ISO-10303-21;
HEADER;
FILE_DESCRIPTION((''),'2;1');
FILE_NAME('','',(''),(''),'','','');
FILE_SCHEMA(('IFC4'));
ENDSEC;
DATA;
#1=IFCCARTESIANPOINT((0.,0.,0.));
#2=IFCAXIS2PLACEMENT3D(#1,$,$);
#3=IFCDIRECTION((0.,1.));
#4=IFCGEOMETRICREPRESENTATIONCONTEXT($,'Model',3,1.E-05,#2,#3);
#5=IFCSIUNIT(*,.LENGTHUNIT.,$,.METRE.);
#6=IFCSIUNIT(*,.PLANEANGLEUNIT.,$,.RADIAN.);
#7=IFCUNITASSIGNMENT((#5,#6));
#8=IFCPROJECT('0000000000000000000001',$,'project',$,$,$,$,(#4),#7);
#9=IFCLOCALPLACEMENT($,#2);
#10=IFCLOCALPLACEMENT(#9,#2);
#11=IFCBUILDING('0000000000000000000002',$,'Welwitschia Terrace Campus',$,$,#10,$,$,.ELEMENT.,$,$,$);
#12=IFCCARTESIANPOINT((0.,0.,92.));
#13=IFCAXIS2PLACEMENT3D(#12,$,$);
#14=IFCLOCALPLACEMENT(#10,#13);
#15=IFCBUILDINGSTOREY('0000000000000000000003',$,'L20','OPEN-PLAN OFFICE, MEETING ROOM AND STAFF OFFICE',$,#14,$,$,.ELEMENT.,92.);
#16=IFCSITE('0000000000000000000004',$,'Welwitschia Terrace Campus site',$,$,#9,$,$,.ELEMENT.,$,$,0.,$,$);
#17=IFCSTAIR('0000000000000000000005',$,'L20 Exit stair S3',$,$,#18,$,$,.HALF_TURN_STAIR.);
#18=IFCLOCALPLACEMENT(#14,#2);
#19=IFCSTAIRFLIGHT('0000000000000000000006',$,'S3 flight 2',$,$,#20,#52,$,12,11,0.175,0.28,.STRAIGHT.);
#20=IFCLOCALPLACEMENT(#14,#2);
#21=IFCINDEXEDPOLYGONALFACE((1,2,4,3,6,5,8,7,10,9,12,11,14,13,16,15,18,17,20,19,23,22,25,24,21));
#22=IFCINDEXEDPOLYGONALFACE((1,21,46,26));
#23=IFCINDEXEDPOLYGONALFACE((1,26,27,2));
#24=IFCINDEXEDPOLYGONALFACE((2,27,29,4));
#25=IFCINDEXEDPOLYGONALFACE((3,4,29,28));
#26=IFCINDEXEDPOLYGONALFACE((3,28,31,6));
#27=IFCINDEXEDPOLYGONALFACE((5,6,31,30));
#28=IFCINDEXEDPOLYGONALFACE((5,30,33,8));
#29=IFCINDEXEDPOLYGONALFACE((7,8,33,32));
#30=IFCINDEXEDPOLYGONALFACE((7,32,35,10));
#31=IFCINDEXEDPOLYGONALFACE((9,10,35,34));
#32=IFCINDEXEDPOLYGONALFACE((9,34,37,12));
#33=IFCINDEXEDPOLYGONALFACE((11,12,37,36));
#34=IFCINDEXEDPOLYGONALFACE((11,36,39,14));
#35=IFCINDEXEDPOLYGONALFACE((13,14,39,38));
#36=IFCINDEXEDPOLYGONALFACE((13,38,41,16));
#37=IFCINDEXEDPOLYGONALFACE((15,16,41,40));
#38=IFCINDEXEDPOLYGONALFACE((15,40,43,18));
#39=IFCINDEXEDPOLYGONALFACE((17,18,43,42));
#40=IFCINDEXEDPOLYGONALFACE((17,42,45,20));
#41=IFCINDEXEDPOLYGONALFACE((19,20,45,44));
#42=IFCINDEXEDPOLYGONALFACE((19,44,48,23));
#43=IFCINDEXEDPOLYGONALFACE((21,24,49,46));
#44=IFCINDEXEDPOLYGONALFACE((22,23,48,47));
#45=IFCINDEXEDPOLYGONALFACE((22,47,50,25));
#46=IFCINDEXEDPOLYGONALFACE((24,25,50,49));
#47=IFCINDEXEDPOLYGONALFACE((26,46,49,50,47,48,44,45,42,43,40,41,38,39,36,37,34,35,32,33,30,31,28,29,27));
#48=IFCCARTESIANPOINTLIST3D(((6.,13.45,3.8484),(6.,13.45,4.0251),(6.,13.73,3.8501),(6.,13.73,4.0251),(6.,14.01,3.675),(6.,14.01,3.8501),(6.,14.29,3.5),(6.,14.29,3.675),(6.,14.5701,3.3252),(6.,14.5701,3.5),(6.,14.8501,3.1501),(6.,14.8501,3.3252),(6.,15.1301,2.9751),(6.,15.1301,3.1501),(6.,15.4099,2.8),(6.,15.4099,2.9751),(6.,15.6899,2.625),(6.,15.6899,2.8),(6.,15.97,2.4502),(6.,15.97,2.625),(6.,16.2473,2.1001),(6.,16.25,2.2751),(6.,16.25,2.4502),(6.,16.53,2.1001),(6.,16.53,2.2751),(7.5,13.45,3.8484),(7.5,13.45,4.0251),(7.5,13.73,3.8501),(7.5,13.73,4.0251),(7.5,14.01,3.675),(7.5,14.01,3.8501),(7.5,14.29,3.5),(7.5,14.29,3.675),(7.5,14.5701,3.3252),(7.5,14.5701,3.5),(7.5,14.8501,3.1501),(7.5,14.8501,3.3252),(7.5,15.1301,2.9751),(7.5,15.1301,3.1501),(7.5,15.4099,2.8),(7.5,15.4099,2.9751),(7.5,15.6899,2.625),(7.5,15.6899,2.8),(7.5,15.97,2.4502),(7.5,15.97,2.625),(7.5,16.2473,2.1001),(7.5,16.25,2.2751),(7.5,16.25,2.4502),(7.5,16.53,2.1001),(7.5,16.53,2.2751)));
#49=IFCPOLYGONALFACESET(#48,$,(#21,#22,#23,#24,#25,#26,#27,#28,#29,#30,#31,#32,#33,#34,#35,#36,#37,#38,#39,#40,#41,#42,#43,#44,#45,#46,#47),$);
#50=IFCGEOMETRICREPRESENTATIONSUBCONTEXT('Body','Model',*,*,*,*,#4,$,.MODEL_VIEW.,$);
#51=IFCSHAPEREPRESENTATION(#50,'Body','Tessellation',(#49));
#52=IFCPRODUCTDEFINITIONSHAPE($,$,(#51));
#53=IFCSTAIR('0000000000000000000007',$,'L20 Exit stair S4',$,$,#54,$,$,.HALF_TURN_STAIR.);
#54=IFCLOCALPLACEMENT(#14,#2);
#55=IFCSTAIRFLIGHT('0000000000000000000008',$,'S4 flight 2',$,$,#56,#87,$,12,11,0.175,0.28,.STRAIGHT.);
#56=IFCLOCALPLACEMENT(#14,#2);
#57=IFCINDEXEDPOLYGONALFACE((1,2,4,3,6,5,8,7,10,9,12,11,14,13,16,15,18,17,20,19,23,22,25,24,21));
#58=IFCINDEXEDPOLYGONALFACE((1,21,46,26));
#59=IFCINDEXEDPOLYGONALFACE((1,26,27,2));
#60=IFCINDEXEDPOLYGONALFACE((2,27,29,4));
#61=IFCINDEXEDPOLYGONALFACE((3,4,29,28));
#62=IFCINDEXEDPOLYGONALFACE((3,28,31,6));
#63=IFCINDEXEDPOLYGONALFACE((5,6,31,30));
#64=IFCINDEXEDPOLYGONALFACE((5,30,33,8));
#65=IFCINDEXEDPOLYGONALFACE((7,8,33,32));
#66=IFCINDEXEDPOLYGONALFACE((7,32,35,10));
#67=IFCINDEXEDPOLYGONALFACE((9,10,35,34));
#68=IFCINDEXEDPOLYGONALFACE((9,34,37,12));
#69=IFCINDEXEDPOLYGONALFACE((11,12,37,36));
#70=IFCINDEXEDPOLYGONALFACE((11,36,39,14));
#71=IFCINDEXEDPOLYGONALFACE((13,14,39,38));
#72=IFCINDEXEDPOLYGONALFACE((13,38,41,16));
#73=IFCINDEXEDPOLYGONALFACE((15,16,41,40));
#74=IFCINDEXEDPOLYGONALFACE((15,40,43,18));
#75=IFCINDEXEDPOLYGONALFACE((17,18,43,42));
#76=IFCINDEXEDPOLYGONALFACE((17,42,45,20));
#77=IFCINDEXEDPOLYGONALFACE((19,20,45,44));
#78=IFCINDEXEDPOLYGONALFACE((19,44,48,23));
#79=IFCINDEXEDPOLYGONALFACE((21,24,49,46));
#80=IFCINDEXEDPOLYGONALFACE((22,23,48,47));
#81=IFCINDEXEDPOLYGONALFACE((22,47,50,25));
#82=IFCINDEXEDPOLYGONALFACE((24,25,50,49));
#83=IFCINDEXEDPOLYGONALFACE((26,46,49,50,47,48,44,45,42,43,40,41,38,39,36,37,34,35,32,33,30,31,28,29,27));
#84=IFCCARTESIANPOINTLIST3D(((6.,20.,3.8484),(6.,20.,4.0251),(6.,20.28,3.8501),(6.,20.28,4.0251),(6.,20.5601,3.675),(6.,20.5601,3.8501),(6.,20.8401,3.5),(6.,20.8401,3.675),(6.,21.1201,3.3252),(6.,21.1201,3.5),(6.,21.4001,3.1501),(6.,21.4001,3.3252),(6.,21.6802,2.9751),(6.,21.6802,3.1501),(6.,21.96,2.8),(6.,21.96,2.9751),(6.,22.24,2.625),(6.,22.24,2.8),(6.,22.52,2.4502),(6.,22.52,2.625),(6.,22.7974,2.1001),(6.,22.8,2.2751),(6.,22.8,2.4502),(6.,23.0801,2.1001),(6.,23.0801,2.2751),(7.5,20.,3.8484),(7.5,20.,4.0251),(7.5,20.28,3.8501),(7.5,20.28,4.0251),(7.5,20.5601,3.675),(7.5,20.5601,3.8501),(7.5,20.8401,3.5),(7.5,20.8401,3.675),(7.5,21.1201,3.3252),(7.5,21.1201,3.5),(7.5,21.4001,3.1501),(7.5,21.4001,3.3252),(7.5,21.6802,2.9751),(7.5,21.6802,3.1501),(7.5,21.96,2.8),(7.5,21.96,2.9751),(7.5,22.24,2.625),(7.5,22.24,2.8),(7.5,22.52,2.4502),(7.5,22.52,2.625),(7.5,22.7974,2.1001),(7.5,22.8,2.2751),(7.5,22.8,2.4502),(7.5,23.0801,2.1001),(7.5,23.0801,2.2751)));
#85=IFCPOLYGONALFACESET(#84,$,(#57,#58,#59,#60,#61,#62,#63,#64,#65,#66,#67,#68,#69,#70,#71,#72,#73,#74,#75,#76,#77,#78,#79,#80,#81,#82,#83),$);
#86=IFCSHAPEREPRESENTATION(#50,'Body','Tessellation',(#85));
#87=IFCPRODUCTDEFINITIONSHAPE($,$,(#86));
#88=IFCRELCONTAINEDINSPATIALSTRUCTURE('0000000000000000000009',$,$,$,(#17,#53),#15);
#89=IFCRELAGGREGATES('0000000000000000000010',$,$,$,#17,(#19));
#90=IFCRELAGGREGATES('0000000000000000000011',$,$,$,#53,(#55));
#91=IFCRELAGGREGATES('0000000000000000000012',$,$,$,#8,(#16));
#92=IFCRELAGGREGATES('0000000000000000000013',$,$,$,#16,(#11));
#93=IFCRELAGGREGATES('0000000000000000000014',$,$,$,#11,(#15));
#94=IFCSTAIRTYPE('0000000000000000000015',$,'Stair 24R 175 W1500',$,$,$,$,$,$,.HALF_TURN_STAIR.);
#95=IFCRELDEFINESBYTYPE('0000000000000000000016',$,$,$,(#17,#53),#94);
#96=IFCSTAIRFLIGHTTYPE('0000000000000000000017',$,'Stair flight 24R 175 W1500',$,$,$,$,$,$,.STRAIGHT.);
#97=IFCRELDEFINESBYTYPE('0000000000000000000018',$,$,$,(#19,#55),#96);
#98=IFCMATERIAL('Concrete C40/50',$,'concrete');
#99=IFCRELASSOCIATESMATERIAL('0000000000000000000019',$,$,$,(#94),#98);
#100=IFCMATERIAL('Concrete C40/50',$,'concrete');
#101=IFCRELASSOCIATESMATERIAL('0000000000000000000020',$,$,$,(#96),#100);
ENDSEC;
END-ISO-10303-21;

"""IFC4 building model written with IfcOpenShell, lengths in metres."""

from ifc_helpers import new_model, si_unit, direction, frame, origin, place, context, subcontext, project, spatial, polyline, outline, extrude, material, type_object, element, aggregate, save


model = new_model("IFC4")

# Units and contexts
model_context = context("Model", 3, precision=1e-05, world=origin(), true_north=direction((0.0, 1.0)))
body_context = subcontext(model_context, "Body", "Model", "MODEL_VIEW")
ifc_project = project(units=[si_unit("LENGTHUNIT", "METRE"), si_unit("PLANEANGLEUNIT", "RADIAN")], contexts=[model_context])

# Site, building, storey
site_placement = place(None, origin())
site = spatial("IfcSite", under=ifc_project, at=site_placement, Name="Welwitschia Terrace Campus site", CompositionType="ELEMENT", RefElevation=0.0)
building_placement = place(site_placement, origin())
building = spatial("IfcBuilding", under=site, at=building_placement, Name="Welwitschia Terrace Campus", CompositionType="ELEMENT")
storey_placement = place(building_placement, frame((0.0, 0.0, 92.0)))
storey = spatial("IfcBuildingStorey", under=building, at=storey_placement, Name="L20", Description="OPEN-PLAN OFFICE, MEETING ROOM AND STAFF OFFICE", CompositionType="ELEMENT", Elevation=92.0)

# Stairs, stair flights
ifc_material_1 = material(Name="Concrete C40/50", Category="concrete")
stair_type = type_object("IfcStairType", Name="Stair 24R 175 W1500", PredefinedType="HALF_TURN_STAIR", material=ifc_material_1)
stair_1_placement = place(storey_placement, origin())
stair_1 = element("IfcStair", 1, at=stair_1_placement, inside=storey, type_object=stair_type, Name="L20 Exit stair S3", PredefinedType="HALF_TURN_STAIR")
ifc_material_2 = material(Name="Concrete C40/50", Category="concrete")
stair_flight_type = type_object("IfcStairFlightType", Name="Stair flight 24R 175 W1500", PredefinedType="STRAIGHT", material=ifc_material_2)
stair_flight_1_placement = place(storey_placement, frame((6.75, 16.53, 2.1001), z_axis=(0.0, 0.0, 1.0), x_axis=(0.0, -1.0, 0.0)))
stair_flight_1 = element("IfcStairFlight", 2, at=stair_flight_1_placement, type_object=stair_flight_type, Name="S3 flight 2", NumberOfRisers=12, NumberOfTreads=11, PredefinedType="STRAIGHT", RiserHeight=0.175, TreadLength=0.28, context=body_context, shape_type="SweptSolid", body=[
    extrude(outline(polyline([(0.0, 0.0), (0.0, 0.175), (0.28, 0.175), (0.28, 0.3501), (0.5601, 0.3501), (0.5601, 0.5249), (0.8401, 0.5249), (0.8401, 0.7), (1.1201, 0.7), (1.1201, 0.875), (1.3999, 0.875), (1.3999, 1.05), (1.6799, 1.05), (1.6799, 1.2251), (1.96, 1.2251), (1.96, 1.3999), (2.24, 1.3999), (2.24, 1.575), (2.52, 1.575), (2.52, 1.75), (2.8, 1.75), (2.8, 1.925), (3.0801, 1.925), (3.0801, 2.1001), (3.0801, 1.7483), (0.2827, 0.0), (0.0, 0.0)])), frame((0.0, 0.75, 0.0), z_axis=(0.0, -1.0, 0.0), x_axis=(1.0, 0.0, 0.0)), (0.0, 0.0, 1.0), 1.5),
])
aggregate(stair_1, [stair_flight_1])
stair_2_placement = place(storey_placement, origin())
stair_2 = element("IfcStair", 3, at=stair_2_placement, inside=storey, type_object=stair_type, Name="L20 Exit stair S4", PredefinedType="HALF_TURN_STAIR")
stair_flight_2_placement = place(storey_placement, frame((6.75, 23.0801, 2.1001), z_axis=(0.0, 0.0, 1.0), x_axis=(0.0, -1.0, 0.0)))
stair_flight_2 = element("IfcStairFlight", 4, at=stair_flight_2_placement, type_object=stair_flight_type, Name="S4 flight 2", NumberOfRisers=12, NumberOfTreads=11, PredefinedType="STRAIGHT", RiserHeight=0.175, TreadLength=0.28, context=body_context, shape_type="SweptSolid", body=[
    extrude(outline(polyline([(0.0, 0.0), (0.0, 0.175), (0.28, 0.175), (0.28, 0.3501), (0.5601, 0.3501), (0.5601, 0.5249), (0.8401, 0.5249), (0.8401, 0.7), (1.1201, 0.7), (1.1201, 0.875), (1.3999, 0.875), (1.3999, 1.05), (1.6799, 1.05), (1.6799, 1.2251), (1.96, 1.2251), (1.96, 1.3999), (2.24, 1.3999), (2.24, 1.575), (2.52, 1.575), (2.52, 1.75), (2.8, 1.75), (2.8, 1.925), (3.0801, 1.925), (3.0801, 2.1001), (3.0801, 1.7483), (0.2827, 0.0), (0.0, 0.0)])), frame((0.0, 0.75, 0.0), z_axis=(0.0, -1.0, 0.0), x_axis=(1.0, 0.0, 0.0)), (0.0, 0.0, 1.0), 1.5),
])
aggregate(stair_2, [stair_flight_2])

save(model, "model.ifc")
